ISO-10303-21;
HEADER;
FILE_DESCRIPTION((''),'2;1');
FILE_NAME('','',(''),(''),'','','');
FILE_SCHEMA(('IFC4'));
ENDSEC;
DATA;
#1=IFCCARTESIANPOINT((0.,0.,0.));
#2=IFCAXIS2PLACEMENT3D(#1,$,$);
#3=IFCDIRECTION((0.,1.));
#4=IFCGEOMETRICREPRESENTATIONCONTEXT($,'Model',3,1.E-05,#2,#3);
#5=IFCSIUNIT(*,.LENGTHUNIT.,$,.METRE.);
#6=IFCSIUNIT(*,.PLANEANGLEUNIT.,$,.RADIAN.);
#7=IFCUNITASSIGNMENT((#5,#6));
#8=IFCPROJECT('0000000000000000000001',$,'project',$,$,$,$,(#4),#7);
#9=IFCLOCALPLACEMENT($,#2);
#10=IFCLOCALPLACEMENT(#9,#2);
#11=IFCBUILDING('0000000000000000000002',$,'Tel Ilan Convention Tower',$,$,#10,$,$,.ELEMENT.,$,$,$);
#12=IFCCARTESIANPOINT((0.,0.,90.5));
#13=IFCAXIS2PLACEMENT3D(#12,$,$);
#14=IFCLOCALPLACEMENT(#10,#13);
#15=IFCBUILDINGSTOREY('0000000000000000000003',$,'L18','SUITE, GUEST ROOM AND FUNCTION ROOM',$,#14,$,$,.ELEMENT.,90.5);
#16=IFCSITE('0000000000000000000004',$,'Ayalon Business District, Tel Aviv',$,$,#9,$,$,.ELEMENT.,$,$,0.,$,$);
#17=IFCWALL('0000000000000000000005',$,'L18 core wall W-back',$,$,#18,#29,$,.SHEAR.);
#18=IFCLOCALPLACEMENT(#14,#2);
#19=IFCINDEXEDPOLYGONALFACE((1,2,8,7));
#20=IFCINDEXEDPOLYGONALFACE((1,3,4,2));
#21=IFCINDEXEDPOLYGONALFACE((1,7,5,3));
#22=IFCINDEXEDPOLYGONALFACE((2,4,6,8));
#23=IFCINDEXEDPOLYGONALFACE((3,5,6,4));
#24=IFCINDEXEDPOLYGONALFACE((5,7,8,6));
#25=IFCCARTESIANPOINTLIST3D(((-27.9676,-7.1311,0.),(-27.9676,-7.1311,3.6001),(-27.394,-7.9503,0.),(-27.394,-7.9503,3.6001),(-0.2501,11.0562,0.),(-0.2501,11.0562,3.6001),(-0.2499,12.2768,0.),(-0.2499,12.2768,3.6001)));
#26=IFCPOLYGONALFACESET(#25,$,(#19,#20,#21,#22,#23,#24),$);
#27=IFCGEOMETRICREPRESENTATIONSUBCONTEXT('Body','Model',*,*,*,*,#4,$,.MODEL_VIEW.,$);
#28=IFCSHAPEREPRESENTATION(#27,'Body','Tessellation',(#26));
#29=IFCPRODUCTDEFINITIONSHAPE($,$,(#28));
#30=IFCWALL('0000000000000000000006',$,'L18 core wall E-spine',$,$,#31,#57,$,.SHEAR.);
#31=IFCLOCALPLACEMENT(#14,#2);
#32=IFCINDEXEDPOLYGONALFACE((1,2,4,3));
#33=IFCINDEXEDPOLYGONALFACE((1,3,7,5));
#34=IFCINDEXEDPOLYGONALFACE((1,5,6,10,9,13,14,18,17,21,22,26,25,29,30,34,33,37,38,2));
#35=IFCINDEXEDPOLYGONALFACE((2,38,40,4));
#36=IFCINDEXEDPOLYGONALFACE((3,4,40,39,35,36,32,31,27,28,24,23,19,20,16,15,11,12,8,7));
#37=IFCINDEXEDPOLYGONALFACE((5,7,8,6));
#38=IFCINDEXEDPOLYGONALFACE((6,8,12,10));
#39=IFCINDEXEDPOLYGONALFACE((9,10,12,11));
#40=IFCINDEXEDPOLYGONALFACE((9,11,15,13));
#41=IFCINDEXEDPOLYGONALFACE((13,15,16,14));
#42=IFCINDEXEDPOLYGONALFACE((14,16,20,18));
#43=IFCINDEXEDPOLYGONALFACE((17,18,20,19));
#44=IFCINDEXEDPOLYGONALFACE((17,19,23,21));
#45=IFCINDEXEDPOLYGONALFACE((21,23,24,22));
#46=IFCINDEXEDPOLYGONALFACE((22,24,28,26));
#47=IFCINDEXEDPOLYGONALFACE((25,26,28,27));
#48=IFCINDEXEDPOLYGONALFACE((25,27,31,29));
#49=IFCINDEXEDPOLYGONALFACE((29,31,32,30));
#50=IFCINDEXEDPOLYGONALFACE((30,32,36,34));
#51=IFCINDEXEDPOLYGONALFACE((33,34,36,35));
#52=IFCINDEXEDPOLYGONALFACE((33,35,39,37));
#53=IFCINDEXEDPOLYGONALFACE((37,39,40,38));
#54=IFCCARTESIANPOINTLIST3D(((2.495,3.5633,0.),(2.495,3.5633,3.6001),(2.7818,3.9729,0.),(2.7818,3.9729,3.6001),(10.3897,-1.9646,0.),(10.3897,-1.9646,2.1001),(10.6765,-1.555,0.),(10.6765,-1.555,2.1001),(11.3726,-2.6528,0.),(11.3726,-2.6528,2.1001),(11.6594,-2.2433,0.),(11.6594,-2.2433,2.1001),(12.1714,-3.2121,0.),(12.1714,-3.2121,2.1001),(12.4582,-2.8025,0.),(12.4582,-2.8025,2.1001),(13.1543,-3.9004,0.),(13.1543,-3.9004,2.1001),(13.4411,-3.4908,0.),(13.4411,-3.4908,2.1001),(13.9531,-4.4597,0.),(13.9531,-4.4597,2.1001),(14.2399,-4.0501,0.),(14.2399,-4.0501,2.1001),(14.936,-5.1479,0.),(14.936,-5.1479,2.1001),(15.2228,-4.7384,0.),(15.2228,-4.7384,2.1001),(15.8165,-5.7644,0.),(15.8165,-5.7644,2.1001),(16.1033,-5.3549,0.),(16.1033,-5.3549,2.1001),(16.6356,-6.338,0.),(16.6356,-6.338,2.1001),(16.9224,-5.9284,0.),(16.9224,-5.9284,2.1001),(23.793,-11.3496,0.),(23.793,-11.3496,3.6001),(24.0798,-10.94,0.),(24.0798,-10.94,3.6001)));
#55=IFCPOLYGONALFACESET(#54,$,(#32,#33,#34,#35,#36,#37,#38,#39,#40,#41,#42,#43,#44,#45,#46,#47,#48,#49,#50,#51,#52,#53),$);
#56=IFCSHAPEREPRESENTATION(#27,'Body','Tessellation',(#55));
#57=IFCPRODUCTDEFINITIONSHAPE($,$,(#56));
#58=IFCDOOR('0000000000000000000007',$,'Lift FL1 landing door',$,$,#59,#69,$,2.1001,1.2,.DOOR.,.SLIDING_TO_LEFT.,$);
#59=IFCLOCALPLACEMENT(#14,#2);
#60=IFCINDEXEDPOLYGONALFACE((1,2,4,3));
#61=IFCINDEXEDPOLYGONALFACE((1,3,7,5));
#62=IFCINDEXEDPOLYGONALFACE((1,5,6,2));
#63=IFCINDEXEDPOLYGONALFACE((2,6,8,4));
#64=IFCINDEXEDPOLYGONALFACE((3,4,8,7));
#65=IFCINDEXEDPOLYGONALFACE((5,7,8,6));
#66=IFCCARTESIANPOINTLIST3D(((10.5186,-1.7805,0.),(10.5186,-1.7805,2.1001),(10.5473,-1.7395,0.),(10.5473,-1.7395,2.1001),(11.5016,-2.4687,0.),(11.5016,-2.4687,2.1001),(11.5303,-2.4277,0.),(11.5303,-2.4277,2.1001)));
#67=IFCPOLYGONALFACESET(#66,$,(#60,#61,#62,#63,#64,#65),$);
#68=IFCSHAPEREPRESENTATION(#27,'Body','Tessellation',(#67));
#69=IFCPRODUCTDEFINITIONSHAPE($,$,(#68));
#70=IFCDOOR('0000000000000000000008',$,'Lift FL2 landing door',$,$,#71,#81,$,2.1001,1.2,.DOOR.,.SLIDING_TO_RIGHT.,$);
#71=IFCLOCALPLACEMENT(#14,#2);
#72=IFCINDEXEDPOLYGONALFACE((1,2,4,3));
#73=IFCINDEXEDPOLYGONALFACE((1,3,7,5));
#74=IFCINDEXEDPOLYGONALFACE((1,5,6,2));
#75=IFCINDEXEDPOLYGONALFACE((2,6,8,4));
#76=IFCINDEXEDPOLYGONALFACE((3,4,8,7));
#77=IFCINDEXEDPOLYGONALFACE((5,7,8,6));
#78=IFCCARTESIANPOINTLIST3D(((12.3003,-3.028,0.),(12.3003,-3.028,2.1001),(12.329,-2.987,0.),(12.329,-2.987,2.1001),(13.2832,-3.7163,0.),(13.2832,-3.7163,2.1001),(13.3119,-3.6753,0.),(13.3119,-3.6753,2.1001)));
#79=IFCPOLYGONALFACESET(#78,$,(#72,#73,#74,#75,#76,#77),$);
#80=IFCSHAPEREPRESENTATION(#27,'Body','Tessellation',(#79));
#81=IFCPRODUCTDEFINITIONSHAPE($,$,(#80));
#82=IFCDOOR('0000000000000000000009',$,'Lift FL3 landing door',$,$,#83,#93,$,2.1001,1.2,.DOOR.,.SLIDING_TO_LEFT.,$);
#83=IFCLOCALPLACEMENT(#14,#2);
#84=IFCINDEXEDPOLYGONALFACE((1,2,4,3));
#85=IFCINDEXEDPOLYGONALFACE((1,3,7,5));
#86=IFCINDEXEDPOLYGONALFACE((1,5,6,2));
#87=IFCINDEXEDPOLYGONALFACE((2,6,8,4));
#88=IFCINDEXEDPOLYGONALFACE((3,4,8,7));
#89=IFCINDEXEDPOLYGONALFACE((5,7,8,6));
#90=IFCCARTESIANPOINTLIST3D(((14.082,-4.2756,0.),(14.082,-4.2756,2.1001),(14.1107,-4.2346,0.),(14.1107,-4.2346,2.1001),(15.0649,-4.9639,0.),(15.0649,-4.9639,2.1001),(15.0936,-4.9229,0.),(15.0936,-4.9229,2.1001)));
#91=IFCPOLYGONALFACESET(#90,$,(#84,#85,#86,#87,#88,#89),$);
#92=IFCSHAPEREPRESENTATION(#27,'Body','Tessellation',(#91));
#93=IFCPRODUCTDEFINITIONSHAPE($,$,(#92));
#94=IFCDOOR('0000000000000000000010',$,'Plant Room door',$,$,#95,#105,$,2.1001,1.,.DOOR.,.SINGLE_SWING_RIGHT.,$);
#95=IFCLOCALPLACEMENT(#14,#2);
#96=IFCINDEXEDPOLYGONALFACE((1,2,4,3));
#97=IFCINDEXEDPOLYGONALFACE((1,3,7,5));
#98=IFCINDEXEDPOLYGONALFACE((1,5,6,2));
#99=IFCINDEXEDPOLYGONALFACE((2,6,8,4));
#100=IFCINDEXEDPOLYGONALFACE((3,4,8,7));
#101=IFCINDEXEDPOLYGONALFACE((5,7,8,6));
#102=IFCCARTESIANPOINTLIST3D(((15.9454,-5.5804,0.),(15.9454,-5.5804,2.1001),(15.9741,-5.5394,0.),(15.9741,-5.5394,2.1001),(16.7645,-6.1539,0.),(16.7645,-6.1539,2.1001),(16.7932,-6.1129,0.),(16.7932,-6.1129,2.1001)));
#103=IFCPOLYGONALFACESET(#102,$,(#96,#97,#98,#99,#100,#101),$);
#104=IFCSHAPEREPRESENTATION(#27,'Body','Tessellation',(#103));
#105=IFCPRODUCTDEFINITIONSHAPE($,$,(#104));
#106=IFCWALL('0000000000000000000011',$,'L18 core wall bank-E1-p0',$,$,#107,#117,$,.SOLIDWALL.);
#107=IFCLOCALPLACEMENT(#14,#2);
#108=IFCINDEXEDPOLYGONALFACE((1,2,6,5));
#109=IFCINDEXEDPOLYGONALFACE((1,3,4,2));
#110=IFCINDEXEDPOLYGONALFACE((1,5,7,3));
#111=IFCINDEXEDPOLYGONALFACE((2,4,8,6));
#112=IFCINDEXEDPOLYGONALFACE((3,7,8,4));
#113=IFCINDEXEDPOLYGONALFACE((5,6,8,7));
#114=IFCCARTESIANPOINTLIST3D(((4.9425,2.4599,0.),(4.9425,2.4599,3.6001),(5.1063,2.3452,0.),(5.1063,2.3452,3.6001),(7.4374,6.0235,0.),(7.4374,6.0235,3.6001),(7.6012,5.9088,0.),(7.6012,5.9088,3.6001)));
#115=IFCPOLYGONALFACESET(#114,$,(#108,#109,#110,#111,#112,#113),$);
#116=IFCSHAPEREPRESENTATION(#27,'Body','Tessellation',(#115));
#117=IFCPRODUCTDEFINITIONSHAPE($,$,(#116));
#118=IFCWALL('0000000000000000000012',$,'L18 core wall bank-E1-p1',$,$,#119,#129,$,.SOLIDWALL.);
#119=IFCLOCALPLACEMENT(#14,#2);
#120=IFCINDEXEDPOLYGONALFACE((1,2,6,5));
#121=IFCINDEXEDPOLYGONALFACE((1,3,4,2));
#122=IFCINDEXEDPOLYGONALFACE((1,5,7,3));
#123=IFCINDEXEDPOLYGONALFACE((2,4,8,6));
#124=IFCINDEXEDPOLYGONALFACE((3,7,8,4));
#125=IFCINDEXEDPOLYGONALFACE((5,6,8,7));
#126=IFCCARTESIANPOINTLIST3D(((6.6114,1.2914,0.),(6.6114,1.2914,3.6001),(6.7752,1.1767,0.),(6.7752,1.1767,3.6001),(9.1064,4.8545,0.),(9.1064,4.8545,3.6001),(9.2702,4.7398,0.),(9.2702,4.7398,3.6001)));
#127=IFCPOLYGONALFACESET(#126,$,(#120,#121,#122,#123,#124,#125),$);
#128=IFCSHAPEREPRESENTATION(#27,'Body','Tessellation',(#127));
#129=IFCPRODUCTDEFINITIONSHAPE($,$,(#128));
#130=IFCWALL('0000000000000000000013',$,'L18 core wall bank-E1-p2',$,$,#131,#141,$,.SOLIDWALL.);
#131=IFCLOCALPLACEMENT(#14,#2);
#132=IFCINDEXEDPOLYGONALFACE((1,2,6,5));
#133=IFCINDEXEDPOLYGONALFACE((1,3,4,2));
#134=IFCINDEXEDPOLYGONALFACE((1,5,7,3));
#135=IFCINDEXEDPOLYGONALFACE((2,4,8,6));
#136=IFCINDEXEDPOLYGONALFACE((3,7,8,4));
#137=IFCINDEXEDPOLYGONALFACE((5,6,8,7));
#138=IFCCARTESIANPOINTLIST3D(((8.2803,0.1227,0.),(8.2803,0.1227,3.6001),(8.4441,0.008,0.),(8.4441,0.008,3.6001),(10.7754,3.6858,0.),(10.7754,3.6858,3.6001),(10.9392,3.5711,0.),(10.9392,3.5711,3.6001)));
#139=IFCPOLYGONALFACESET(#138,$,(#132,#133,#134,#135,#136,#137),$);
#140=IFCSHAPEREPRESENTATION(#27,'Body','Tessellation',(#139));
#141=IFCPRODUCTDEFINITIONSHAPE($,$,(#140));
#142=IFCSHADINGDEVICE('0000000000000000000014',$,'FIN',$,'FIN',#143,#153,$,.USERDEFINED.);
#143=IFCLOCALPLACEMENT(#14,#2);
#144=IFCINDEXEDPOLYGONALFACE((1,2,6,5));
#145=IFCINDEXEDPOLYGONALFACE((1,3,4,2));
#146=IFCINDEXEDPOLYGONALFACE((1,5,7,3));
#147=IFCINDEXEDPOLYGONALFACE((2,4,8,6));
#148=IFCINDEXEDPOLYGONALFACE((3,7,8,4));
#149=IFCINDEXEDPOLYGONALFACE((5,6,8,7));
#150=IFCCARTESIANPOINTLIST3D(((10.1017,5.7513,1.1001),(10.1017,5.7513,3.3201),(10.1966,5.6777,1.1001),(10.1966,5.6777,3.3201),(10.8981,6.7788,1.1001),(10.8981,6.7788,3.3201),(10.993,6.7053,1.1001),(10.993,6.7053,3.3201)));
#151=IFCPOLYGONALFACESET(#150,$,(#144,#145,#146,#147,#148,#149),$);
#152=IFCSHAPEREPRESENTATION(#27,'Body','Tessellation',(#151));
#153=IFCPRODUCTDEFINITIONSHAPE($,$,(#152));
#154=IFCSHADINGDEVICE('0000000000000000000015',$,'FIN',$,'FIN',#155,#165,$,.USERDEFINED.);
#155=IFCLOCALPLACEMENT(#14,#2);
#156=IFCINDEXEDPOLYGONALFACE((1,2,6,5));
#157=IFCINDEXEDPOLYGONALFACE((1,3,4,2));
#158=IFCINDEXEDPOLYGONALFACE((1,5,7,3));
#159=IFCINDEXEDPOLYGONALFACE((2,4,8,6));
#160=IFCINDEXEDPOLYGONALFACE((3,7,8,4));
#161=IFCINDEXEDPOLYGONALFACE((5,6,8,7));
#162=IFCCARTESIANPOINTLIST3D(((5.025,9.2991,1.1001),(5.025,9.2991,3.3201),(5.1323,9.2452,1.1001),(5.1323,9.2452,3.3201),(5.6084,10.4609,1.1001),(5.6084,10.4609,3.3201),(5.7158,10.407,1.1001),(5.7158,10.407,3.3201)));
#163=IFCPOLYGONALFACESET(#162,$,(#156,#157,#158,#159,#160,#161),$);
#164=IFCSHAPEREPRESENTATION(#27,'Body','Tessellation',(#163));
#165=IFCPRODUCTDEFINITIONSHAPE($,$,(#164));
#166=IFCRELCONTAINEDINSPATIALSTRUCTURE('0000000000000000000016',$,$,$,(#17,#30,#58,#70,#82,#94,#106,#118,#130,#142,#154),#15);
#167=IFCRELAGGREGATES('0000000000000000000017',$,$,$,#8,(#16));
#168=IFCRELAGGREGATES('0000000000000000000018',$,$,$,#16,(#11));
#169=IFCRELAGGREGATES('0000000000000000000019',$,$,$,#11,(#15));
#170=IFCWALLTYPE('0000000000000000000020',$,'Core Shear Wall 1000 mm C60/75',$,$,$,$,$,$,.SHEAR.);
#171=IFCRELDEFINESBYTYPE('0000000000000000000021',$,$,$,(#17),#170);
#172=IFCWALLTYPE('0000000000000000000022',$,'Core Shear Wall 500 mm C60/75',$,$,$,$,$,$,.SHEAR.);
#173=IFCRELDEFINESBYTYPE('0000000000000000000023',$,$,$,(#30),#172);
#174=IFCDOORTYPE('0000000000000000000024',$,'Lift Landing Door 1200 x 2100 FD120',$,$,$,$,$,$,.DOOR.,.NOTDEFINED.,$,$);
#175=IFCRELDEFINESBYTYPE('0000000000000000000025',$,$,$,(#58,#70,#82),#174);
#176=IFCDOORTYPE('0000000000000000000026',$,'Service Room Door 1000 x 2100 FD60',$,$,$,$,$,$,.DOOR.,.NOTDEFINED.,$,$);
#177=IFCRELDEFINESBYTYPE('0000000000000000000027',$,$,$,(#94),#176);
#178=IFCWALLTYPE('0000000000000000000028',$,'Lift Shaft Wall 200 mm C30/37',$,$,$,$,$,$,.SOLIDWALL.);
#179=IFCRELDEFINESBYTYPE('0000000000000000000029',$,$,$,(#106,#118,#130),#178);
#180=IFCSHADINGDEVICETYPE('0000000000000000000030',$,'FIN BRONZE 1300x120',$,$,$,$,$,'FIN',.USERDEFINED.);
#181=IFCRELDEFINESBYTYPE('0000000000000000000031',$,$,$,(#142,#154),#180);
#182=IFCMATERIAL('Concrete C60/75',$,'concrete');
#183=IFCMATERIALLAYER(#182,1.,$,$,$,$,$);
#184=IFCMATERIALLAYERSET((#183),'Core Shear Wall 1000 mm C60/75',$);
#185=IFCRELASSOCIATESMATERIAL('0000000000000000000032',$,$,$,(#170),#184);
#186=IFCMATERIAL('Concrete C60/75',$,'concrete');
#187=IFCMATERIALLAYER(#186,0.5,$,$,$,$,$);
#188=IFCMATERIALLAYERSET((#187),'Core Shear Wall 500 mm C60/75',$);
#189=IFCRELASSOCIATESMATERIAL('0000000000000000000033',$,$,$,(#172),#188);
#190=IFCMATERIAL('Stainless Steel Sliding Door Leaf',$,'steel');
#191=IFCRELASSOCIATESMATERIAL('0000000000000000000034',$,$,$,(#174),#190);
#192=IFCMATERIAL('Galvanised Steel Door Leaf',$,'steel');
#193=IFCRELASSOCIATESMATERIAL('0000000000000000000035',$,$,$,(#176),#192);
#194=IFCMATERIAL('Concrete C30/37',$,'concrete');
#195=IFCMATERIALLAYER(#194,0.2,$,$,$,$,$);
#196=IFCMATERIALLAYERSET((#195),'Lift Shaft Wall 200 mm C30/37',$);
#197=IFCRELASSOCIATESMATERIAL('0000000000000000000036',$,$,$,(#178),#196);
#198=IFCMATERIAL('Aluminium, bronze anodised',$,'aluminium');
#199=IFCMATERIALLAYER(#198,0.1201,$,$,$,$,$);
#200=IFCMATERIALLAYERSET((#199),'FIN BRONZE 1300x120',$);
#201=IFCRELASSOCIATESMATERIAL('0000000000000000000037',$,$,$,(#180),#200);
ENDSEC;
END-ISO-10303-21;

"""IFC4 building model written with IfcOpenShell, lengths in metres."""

from ifc_helpers import new_model, si_unit, direction, frame, frame_2d, origin, origin_2d, place, context, subcontext, project, spatial, polyline, rectangle, outline, extrude, material, layer, layer_set, type_object, element, fill, save


model = new_model("IFC4")

# Units and contexts
model_context = context("Model", 3, precision=1e-05, world=origin(), true_north=direction((0.0, 1.0)))
body_context = subcontext(model_context, "Body", "Model", "MODEL_VIEW")
ifc_project = project(units=[si_unit("LENGTHUNIT", "METRE"), si_unit("PLANEANGLEUNIT", "RADIAN")], contexts=[model_context])

# Site, building, storey
site_placement = place(None, origin())
site = spatial("IfcSite", under=ifc_project, at=site_placement, Name="Ayalon Business District, Tel Aviv", CompositionType="ELEMENT", RefElevation=0.0)
building_placement = place(site_placement, origin())
building = spatial("IfcBuilding", under=site, at=building_placement, Name="Tel Ilan Convention Tower", CompositionType="ELEMENT")
storey_placement = place(building_placement, frame((0.0, 0.0, 90.5)))
storey = spatial("IfcBuildingStorey", under=building, at=storey_placement, Name="L18", Description="SUITE, GUEST ROOM AND FUNCTION ROOM", CompositionType="ELEMENT", Elevation=90.5)

# Wall
ifc_material_1 = material(Name="Concrete C60/75", Category="concrete")
ifc_layer_1 = layer(ifc_material_1, 1.0)
ifc_layer_set_1 = layer_set([ifc_layer_1], Name="Core Shear Wall 1000 mm C60/75")
wall_type_1 = type_object("IfcWallType", Name="Core Shear Wall 1000 mm C60/75", PredefinedType="SHEAR", material=ifc_layer_set_1)
wall_1_placement = place(storey_placement, frame((0.0369, 11.8672, 0.0), z_axis=(0.0, 0.0, 1.0), x_axis=(-0.819155, -0.573572, 0.0)))
element("IfcWall", 1, at=wall_1_placement, inside=storey, type_object=wall_type_1, Name="L18 core wall W-back", PredefinedType="SHEAR", context=body_context, shape_type="SweptSolid", body=[
    extrude(outline(polyline([(33.8369, 0.5), (0.7002, 0.4998), (0.0, -0.5), (33.8369, -0.5), (33.8369, 0.5)])), origin(), (0.0, 0.0, 1.0), 3.6001),
])

# Wall, openings, doors
ifc_material_2 = material(Name="Concrete C60/75", Category="concrete")
ifc_layer_2 = layer(ifc_material_2, 0.5)
ifc_layer_set_2 = layer_set([ifc_layer_2], Name="Core Shear Wall 500 mm C60/75")
wall_type_2 = type_object("IfcWallType", Name="Core Shear Wall 500 mm C60/75", PredefinedType="SHEAR", material=ifc_layer_set_2)
wall_2_placement = place(storey_placement, frame((2.6384, 3.7681, 0.0), z_axis=(0.0, 0.0, 1.0), x_axis=(0.819149, -0.573581, 0.0)))
wall_2 = element("IfcWall", 2, at=wall_2_placement, inside=storey, type_object=wall_type_2, Name="L18 core wall E-spine", PredefinedType="SHEAR", context=body_context, shape_type="SweptSolid", body=[
    extrude(outline(polyline([(0.0, 0.25), (0.0, -0.25), (26.0, -0.2498), (26.0, 0.2502), (0.0, 0.25)])), origin(), (0.0, 0.0, 1.0), 3.6001),
])
opening_1_placement = place(wall_2_placement, frame((9.6375, 0.0, 0.0)))
opening_1 = element("IfcOpeningElement", 3, at=opening_1_placement, cuts=wall_2, PredefinedType="OPENING", context=body_context, shape_type="SweptSolid", body=[
    extrude(rectangle(XDim=1.2, YDim=2.1001, at=frame_2d((0.6001, 1.05))), frame((0.0, 0.26, 0.0), z_axis=(0.0, -1.0, 0.0), x_axis=(1.0, 0.0, 0.0)), (0.0, 0.0, 1.0), 0.52),
])
opening_2_placement = place(wall_2_placement, frame((11.8125, 0.0, 0.0)))
opening_2 = element("IfcOpeningElement", 4, at=opening_2_placement, cuts=wall_2, PredefinedType="OPENING", context=body_context, shape_type="SweptSolid", body=[
    extrude(rectangle(XDim=1.2, YDim=2.1001, at=frame_2d((0.6001, 1.05))), frame((0.0, 0.26, 0.0), z_axis=(0.0, -1.0, 0.0), x_axis=(1.0, 0.0, 0.0)), (0.0, 0.0, 1.0), 0.52),
])
opening_3_placement = place(wall_2_placement, frame((13.9875, 0.0, 0.0)))
opening_3 = element("IfcOpeningElement", 5, at=opening_3_placement, cuts=wall_2, PredefinedType="OPENING", context=body_context, shape_type="SweptSolid", body=[
    extrude(rectangle(XDim=1.2, YDim=2.1001, at=frame_2d((0.6001, 1.05))), frame((0.0, 0.26, 0.0), z_axis=(0.0, -1.0, 0.0), x_axis=(1.0, 0.0, 0.0)), (0.0, 0.0, 1.0), 0.52),
])
opening_4_placement = place(wall_2_placement, frame((16.2625, 0.0, 0.0)))
opening_4 = element("IfcOpeningElement", 6, at=opening_4_placement, cuts=wall_2, PredefinedType="OPENING", context=body_context, shape_type="SweptSolid", body=[
    extrude(rectangle(XDim=1.0, YDim=2.1001, at=frame_2d((0.5, 1.05))), frame((0.0, 0.26, 0.0), z_axis=(0.0, -1.0, 0.0), x_axis=(1.0, 0.0, 0.0)), (0.0, 0.0, 1.0), 0.52),
])
ifc_material_3 = material(Name="Stainless Steel Sliding Door Leaf", Category="steel")
door_type_1 = type_object("IfcDoorType", Name="Lift Landing Door 1200 x 2100 FD120", OperationType="NOTDEFINED", PredefinedType="DOOR", material=ifc_material_3)
door_1_placement = place(opening_1_placement, origin())
door_1 = element("IfcDoor", 7, at=door_1_placement, inside=storey, type_object=door_type_1, Name="Lift FL1 landing door", OperationType="SLIDING_TO_LEFT", OverallHeight=2.1001, OverallWidth=1.2, PredefinedType="DOOR", context=body_context, shape_type="SweptSolid", body=[
    extrude(rectangle(XDim=1.2, YDim=2.1001, at=frame_2d((0.6001, 1.05))), frame((0.0, 0.0249, 0.0), z_axis=(0.0, -1.0, 0.0), x_axis=(1.0, 0.0, 0.0)), (0.0, 0.0, 1.0), 0.05),
])
fill(opening_1, door_1)
door_2_placement = place(opening_2_placement, origin())
door_2 = element("IfcDoor", 8, at=door_2_placement, inside=storey, type_object=door_type_1, Name="Lift FL2 landing door", OperationType="SLIDING_TO_RIGHT", OverallHeight=2.1001, OverallWidth=1.2, PredefinedType="DOOR", context=body_context, shape_type="SweptSolid", body=[
    extrude(rectangle(XDim=1.2, YDim=2.1001, at=frame_2d((0.6001, 1.05))), frame((0.0, 0.0249, 0.0), z_axis=(0.0, -1.0, 0.0), x_axis=(1.0, 0.0, 0.0)), (0.0, 0.0, 1.0), 0.05),
])
fill(opening_2, door_2)
door_3_placement = place(opening_3_placement, origin())
door_3 = element("IfcDoor", 9, at=door_3_placement, inside=storey, type_object=door_type_1, Name="Lift FL3 landing door", OperationType="SLIDING_TO_LEFT", OverallHeight=2.1001, OverallWidth=1.2, PredefinedType="DOOR", context=body_context, shape_type="SweptSolid", body=[
    extrude(rectangle(XDim=1.2, YDim=2.1001, at=frame_2d((0.6001, 1.05))), frame((0.0, 0.0249, 0.0), z_axis=(0.0, -1.0, 0.0), x_axis=(1.0, 0.0, 0.0)), (0.0, 0.0, 1.0), 0.05),
])
fill(opening_3, door_3)
ifc_material_4 = material(Name="Galvanised Steel Door Leaf", Category="steel")
door_type_2 = type_object("IfcDoorType", Name="Service Room Door 1000 x 2100 FD60", OperationType="NOTDEFINED", PredefinedType="DOOR", material=ifc_material_4)
door_4_placement = place(opening_4_placement, origin())
door_4 = element("IfcDoor", 10, at=door_4_placement, inside=storey, type_object=door_type_2, Name="Plant Room door", OperationType="SINGLE_SWING_RIGHT", OverallHeight=2.1001, OverallWidth=1.0, PredefinedType="DOOR", context=body_context, shape_type="SweptSolid", body=[
    extrude(rectangle(XDim=1.0, YDim=2.1001, at=frame_2d((0.5, 1.05))), frame((0.0, 0.0249, 0.0), z_axis=(0.0, -1.0, 0.0), x_axis=(1.0, 0.0, 0.0)), (0.0, 0.0, 1.0), 0.05),
])
fill(opening_4, door_4)

# Walls
ifc_material_5 = material(Name="Concrete C30/37", Category="concrete")
ifc_layer_3 = layer(ifc_material_5, 0.2)
ifc_layer_set_3 = layer_set([ifc_layer_3], Name="Lift Shaft Wall 200 mm C30/37")
wall_type_3 = type_object("IfcWallType", Name="Lift Shaft Wall 200 mm C30/37", PredefinedType="SOLIDWALL", material=ifc_layer_set_3)
wall_3_placement = place(storey_placement, frame((5.0244, 2.4026, 0.0), z_axis=(0.0, 0.0, 1.0), x_axis=(0.57353, 0.819184, 0.0)))
element("IfcWall", 11, at=wall_3_placement, inside=storey, type_object=wall_type_3, Name="L18 core wall bank-E1-p0", PredefinedType="SOLIDWALL", context=body_context, shape_type="SweptSolid", body=[
    extrude(rectangle(XDim=4.3501, YDim=0.2, at=frame_2d((2.175, 0.0))), origin(), (0.0, 0.0, 1.0), 3.6001),
])
for number, where, z_axis, x_axis, name in (
    (12, (6.6934, 1.2341, 0.0), (0.0, 0.0, 1.0), (0.573594, 0.81914, 0.0), "L18 core wall bank-E1-p1"),
    (13, (8.3623, 0.0654, 0.0), (0.0, 0.0, 1.0), (0.573594, 0.81914, 0.0), "L18 core wall bank-E1-p2"),
):
    element("IfcWall", number, at=place(storey_placement, frame(where, z_axis=z_axis, x_axis=x_axis)), inside=storey, type_object=wall_type_3, Name=name, PredefinedType="SOLIDWALL", context=body_context, shape_type="SweptSolid", body=[
        extrude(rectangle(XDim=4.3499, YDim=0.2, at=frame_2d((2.1748, 0.0))), origin(), (0.0, 0.0, 1.0), 3.6001),
    ])

# Shading devices
ifc_material_6 = material(Name="Aluminium, bronze anodised", Category="aluminium")
ifc_layer_4 = layer(ifc_material_6, 0.1201)
ifc_layer_set_4 = layer_set([ifc_layer_4], Name="FIN BRONZE 1300x120")
shading_device_type_1 = type_object("IfcShadingDeviceType", Name="FIN BRONZE 1300x120", ElementType="FIN", PredefinedType="USERDEFINED", material=ifc_layer_set_4)
for number, where, z_axis, x_axis, name in (
    (14, (10.5474, 6.2283, 1.1001), (0.0, 0.0, 1.0), (0.612601, 0.790393, 0.0), "FIN"),
    (15, (5.3704, 9.853, 1.1001), (0.0, 0.0, 1.0), (0.448799, 0.893633, 0.0), "FIN"),
):
    element("IfcShadingDevice", number, at=place(storey_placement, frame(where, z_axis=z_axis, x_axis=x_axis)), inside=storey, type_object=shading_device_type_1, Name=name, ObjectType="FIN", PredefinedType="USERDEFINED", context=body_context, shape_type="SweptSolid", body=[
        extrude(rectangle(XDim=1.3, YDim=0.1201, at=origin_2d()), origin(), (0.0, 0.0, 1.0), 2.22),
    ])

save(model, "model.ifc")
